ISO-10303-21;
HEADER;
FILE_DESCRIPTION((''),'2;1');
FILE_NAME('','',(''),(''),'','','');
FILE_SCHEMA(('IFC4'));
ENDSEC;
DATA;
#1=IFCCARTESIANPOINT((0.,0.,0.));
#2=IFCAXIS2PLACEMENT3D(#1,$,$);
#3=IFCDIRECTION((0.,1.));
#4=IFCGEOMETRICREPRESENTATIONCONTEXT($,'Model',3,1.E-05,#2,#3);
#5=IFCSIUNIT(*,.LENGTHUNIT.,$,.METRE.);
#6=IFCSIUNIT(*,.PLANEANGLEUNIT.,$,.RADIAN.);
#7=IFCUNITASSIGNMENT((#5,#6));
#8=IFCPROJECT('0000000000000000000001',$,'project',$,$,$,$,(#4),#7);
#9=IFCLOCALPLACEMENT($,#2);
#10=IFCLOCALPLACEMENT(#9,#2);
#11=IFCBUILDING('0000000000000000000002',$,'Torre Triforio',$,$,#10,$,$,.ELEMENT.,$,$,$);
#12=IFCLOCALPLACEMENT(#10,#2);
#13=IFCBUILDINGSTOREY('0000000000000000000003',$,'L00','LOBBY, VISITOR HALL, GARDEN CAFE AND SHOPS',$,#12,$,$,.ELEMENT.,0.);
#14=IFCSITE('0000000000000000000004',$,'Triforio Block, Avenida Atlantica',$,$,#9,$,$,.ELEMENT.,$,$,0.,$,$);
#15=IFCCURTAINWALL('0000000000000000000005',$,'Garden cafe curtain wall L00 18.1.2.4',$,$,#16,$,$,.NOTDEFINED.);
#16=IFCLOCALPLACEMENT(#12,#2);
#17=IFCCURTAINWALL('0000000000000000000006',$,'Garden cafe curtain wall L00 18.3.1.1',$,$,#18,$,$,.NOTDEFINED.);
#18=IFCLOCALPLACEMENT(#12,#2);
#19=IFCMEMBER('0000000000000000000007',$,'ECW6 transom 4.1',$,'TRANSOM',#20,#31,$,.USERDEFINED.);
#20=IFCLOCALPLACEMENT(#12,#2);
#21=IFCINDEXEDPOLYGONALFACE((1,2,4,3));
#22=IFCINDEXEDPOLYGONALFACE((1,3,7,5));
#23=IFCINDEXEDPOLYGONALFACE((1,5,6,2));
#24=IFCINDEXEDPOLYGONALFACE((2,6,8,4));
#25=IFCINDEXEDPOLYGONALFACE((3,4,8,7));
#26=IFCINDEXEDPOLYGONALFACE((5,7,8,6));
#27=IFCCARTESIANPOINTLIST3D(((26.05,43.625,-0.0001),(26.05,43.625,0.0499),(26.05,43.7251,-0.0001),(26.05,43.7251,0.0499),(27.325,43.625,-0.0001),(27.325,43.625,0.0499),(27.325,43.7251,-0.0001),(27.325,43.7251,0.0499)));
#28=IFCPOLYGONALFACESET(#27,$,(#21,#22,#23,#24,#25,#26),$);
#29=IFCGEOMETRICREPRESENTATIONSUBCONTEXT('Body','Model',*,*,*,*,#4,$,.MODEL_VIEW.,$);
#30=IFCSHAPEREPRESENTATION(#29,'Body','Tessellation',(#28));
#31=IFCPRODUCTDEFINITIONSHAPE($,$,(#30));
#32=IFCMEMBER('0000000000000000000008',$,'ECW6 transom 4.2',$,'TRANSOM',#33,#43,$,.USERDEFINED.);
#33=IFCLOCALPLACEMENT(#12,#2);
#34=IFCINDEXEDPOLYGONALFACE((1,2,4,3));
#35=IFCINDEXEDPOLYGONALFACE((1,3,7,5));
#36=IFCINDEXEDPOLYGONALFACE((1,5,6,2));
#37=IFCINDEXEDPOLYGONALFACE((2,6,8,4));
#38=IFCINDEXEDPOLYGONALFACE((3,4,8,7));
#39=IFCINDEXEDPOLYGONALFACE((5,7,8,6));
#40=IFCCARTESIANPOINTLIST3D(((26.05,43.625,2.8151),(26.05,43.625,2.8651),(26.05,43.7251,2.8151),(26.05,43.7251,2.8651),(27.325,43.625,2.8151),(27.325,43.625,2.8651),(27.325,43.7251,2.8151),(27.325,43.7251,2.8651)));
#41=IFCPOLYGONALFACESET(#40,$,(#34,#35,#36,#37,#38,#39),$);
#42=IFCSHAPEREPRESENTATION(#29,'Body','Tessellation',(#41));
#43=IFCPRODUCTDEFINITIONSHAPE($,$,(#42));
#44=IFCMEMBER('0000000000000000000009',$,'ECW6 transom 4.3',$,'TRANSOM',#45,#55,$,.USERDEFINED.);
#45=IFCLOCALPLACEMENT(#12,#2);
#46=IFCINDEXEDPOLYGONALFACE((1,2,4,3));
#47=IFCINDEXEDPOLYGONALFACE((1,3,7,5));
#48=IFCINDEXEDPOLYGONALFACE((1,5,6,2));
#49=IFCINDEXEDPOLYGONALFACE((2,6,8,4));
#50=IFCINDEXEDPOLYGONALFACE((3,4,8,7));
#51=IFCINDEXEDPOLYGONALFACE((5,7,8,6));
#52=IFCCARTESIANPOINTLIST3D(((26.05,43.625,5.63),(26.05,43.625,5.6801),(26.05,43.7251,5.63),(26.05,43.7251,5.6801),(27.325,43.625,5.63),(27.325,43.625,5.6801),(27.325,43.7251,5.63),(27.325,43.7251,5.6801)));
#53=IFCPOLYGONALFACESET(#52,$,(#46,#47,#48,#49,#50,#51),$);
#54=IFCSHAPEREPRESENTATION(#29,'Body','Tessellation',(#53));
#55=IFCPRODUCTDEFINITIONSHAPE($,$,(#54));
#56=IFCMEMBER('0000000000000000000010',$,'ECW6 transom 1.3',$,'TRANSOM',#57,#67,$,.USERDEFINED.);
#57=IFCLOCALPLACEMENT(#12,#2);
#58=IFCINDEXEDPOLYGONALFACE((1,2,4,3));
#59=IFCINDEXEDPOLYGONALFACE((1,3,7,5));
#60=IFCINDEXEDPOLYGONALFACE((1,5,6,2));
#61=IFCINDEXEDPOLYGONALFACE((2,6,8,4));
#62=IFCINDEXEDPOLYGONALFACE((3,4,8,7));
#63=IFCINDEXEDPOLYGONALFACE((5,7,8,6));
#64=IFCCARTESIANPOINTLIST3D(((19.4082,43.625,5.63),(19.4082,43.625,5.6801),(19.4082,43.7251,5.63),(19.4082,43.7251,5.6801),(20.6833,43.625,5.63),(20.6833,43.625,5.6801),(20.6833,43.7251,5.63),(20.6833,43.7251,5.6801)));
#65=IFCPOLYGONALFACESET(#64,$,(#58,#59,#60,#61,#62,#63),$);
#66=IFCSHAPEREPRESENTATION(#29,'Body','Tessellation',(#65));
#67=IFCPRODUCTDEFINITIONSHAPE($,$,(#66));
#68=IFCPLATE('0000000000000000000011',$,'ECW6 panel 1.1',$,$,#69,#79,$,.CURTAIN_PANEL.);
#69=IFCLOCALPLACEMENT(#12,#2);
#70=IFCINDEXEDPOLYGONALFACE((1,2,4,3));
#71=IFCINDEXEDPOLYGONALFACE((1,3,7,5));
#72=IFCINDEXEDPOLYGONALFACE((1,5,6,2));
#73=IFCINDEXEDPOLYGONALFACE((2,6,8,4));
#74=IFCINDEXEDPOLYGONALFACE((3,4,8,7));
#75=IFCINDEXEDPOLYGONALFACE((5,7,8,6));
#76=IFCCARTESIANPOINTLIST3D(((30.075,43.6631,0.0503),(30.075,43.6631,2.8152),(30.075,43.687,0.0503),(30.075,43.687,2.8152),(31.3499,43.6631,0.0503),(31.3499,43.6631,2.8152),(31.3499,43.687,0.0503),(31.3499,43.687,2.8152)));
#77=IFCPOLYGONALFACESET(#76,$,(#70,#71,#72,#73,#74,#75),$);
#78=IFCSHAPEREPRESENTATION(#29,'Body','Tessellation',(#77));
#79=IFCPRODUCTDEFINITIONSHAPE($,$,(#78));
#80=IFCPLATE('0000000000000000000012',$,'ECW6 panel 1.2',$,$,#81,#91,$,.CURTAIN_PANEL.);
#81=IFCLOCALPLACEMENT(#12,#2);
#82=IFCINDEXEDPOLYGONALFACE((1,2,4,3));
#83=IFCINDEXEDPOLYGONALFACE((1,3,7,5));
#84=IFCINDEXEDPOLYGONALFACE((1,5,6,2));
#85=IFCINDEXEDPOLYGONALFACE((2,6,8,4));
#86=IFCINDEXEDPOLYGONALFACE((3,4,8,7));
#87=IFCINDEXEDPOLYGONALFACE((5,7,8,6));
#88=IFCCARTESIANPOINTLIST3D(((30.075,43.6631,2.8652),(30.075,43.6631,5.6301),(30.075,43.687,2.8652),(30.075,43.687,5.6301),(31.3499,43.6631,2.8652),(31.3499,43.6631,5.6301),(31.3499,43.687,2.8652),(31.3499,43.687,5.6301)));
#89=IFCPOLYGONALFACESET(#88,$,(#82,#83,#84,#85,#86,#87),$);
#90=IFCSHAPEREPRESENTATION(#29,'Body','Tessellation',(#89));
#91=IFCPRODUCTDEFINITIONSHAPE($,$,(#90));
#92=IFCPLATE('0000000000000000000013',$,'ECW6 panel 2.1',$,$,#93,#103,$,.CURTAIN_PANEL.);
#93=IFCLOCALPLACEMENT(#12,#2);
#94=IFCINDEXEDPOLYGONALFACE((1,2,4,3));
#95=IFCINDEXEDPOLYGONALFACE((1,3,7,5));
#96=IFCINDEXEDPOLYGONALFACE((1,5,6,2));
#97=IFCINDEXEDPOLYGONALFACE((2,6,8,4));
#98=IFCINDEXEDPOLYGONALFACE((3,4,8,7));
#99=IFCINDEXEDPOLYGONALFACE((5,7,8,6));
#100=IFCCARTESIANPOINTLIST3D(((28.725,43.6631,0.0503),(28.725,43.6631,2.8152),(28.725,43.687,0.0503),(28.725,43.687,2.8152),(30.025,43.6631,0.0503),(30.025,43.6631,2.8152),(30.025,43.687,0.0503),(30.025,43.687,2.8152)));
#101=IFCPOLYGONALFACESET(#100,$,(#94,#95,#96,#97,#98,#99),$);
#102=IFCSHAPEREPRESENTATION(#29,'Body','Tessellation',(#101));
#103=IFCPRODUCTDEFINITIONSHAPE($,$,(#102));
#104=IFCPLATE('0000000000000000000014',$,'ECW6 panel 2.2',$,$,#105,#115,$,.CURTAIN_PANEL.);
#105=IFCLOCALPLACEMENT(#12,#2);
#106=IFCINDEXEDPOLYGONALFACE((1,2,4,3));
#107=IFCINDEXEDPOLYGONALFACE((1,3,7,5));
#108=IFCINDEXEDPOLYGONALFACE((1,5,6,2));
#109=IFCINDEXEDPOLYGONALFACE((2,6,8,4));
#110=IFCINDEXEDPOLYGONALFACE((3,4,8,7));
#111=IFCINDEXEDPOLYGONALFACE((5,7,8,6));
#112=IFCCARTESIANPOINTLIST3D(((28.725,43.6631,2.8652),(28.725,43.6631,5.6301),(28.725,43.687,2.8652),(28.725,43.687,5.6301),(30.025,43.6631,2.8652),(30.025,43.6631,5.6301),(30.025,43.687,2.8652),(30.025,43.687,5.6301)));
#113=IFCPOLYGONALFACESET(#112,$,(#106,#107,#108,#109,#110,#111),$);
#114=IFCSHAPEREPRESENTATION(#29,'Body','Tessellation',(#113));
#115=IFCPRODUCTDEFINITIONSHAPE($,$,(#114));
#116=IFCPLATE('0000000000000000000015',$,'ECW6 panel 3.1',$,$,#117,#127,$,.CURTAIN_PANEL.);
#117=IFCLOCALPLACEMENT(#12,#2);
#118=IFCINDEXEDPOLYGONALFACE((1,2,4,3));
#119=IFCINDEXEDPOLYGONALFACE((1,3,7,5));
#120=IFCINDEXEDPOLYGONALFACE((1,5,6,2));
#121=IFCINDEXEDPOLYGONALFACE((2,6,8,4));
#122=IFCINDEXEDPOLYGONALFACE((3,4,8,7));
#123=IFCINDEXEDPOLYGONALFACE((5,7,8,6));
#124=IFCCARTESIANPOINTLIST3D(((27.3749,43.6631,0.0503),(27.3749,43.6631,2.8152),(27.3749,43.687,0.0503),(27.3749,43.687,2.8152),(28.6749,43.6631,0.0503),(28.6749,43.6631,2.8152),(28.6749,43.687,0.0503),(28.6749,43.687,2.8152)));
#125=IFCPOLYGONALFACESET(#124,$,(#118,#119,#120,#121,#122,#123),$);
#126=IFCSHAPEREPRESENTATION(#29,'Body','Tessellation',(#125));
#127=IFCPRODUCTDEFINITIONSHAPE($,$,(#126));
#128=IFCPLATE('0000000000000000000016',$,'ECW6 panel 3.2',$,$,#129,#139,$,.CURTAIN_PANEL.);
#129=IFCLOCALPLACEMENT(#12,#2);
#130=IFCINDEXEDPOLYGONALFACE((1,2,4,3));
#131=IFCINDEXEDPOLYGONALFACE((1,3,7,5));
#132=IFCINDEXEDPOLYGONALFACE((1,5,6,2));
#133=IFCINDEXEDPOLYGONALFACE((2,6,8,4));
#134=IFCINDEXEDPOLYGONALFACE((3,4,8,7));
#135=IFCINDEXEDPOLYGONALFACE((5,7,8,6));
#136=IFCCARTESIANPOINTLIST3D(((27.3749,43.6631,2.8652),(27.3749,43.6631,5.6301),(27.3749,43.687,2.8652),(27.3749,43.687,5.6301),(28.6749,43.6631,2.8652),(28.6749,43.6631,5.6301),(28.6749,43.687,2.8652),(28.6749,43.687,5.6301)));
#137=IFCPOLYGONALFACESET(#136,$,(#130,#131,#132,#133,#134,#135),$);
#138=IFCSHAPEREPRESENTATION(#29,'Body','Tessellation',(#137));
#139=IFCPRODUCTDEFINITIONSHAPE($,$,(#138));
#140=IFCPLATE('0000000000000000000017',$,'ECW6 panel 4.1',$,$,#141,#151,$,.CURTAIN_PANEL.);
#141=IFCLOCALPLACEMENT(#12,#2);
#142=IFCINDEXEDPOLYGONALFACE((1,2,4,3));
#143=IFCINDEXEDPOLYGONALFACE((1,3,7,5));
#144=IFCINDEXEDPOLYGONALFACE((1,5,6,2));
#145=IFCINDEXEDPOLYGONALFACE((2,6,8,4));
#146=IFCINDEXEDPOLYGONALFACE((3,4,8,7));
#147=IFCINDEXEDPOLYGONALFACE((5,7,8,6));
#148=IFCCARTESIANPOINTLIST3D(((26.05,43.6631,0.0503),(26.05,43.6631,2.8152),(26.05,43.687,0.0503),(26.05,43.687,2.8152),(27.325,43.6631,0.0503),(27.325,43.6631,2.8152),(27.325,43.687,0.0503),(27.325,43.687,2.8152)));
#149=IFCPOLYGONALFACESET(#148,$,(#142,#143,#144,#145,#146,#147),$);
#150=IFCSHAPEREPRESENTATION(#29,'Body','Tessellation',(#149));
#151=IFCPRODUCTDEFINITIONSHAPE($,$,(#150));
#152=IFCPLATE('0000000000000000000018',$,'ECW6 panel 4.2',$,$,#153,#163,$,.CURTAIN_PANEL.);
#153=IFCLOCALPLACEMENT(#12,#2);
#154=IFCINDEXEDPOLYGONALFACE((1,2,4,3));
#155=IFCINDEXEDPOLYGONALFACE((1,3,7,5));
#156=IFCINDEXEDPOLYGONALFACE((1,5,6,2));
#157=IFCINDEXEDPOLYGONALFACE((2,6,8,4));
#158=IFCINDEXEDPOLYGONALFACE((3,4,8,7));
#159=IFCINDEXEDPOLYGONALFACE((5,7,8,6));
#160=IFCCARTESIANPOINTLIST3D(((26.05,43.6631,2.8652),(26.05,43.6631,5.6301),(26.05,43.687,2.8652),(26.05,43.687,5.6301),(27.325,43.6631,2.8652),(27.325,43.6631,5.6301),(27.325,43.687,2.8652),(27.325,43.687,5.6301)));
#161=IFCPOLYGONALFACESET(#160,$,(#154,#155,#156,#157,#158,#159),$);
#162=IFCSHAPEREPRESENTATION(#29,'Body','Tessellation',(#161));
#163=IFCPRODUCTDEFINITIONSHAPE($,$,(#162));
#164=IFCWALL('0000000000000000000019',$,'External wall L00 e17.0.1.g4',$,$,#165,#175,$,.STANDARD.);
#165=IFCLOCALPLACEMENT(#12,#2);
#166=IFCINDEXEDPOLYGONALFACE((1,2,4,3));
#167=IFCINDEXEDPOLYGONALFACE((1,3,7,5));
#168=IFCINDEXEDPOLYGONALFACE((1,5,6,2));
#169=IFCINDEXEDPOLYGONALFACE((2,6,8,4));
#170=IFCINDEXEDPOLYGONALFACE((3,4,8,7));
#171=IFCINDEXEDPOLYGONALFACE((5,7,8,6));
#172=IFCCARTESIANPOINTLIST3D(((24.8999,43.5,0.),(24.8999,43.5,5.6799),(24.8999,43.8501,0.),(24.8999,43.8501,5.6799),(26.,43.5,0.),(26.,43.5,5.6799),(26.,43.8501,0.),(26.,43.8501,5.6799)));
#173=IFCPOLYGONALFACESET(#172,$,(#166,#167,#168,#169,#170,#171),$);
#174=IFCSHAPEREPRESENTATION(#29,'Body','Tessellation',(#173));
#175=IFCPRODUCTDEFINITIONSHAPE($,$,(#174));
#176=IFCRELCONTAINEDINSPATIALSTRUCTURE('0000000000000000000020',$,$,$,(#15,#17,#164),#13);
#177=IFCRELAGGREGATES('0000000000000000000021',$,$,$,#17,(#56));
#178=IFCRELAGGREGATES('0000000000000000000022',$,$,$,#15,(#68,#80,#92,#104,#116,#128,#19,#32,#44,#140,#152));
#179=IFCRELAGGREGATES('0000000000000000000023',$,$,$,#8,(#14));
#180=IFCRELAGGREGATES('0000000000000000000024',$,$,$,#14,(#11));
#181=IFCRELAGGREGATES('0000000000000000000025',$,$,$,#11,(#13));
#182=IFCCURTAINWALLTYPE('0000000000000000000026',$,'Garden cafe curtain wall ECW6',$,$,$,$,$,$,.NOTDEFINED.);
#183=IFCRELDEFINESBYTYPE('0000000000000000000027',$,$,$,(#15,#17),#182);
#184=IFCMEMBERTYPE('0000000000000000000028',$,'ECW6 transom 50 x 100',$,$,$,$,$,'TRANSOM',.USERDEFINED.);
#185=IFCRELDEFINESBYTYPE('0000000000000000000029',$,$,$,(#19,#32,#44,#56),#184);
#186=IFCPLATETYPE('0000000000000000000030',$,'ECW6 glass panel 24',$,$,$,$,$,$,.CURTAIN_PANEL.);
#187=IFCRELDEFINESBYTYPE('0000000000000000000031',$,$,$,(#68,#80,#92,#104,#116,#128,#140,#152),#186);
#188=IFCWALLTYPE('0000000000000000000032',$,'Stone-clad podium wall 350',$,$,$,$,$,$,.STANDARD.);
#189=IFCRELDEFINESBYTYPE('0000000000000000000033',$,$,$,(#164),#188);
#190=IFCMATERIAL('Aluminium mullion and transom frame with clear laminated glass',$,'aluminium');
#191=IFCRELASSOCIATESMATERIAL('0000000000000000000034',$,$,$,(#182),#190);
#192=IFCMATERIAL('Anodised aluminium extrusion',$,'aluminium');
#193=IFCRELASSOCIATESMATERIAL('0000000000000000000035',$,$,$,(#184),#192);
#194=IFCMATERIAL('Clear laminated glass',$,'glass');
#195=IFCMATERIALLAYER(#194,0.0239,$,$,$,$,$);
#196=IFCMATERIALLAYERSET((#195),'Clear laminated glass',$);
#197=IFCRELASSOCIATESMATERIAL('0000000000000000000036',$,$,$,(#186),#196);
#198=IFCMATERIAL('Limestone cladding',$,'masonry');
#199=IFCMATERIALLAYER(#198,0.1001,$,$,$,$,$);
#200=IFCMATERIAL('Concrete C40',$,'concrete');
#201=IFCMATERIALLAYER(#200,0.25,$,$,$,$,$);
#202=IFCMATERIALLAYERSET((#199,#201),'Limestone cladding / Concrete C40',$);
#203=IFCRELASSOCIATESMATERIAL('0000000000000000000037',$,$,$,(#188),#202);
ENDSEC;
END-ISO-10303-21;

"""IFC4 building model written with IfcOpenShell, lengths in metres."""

from ifc_helpers import new_model, si_unit, direction, frame, frame_2d, origin, origin_2d, place, context, subcontext, project, spatial, rectangle, extrude, material, layer, layer_set, material_profile, profile_set, type_object, element, aggregate, save


model = new_model("IFC4")

# Units and contexts
model_context = context("Model", 3, precision=1e-05, world=origin(), true_north=direction((0.0, 1.0)))
body_context = subcontext(model_context, "Body", "Model", "MODEL_VIEW")
ifc_project = project(units=[si_unit("LENGTHUNIT", "METRE"), si_unit("PLANEANGLEUNIT", "RADIAN")], contexts=[model_context])

# Site, building, storey
site_placement = place(None, origin())
site = spatial("IfcSite", under=ifc_project, at=site_placement, Name="Triforio Block, Avenida Atlantica", CompositionType="ELEMENT", RefElevation=0.0)
building_placement = place(site_placement, origin())
building = spatial("IfcBuilding", under=site, at=building_placement, Name="Torre Triforio", CompositionType="ELEMENT")
storey_placement = place(building_placement, origin())
storey = spatial("IfcBuildingStorey", under=building, at=storey_placement, Name="L00", Description="LOBBY, VISITOR HALL, GARDEN CAFE AND SHOPS", CompositionType="ELEMENT", Elevation=0.0)

# Curtain wall
ifc_material_1 = material(Name="Aluminium mullion and transom frame with clear laminated glass", Category="aluminium")
curtain_wall_type = type_object("IfcCurtainWallType", Name="Garden cafe curtain wall ECW6", PredefinedType="NOTDEFINED", material=ifc_material_1)
curtain_wall_1_placement = place(storey_placement, origin())
curtain_wall_1 = element("IfcCurtainWall", 1, at=curtain_wall_1_placement, inside=storey, type_object=curtain_wall_type, Name="Garden cafe curtain wall L00 18.1.2.4", PredefinedType="NOTDEFINED")
ifc_material_2 = material(Name="Anodised aluminium extrusion", Category="aluminium")

# Curtain wall
curtain_wall_2_placement = place(storey_placement, origin())
curtain_wall_2 = element("IfcCurtainWall", 2, at=curtain_wall_2_placement, inside=storey, type_object=curtain_wall_type, Name="Garden cafe curtain wall L00 18.3.1.1", PredefinedType="NOTDEFINED")

# Members
ifc_material_profile_1 = material_profile(ifc_material_2, rectangle(XDim=0.1001, YDim=0.05, at=origin_2d()), Name="ECW6 TRANSOM 50x100")
ifc_profile_set_1 = profile_set([ifc_material_profile_1], Name="Anodised aluminium extrusion")
member_type_1 = type_object("IfcMemberType", Name="ECW6 transom 50 x 100", ElementType="TRANSOM", PredefinedType="USERDEFINED", material=ifc_profile_set_1)
member_1_placement = place(storey_placement, frame((27.325, 43.675, 0.0249), z_axis=(-1.0, 0.0, 0.0), x_axis=(0.0, -1.0, 0.0)))
member_1 = element("IfcMember", 3, at=member_1_placement, type_object=member_type_1, Name="ECW6 transom 4.1", ObjectType="TRANSOM", PredefinedType="USERDEFINED", context=body_context, shape_type="SweptSolid", body=[
    extrude(rectangle(XDim=0.1001, YDim=0.05, at=origin_2d()), origin(), (0.0, 0.0, 1.0), 1.2749),
])
member_2_placement = place(storey_placement, frame((27.325, 43.675, 2.8401), z_axis=(-1.0, 0.0, 0.0), x_axis=(0.0, -1.0, 0.0)))
member_2 = element("IfcMember", 4, at=member_2_placement, type_object=member_type_1, Name="ECW6 transom 4.2", ObjectType="TRANSOM", PredefinedType="USERDEFINED", context=body_context, shape_type="SweptSolid", body=[
    extrude(rectangle(XDim=0.1001, YDim=0.05, at=origin_2d()), origin(), (0.0, 0.0, 1.0), 1.2749),
])
member_3_placement = place(storey_placement, frame((27.325, 43.675, 5.655), z_axis=(-1.0, 0.0, 0.0), x_axis=(0.0, -1.0, 0.0)))
member_3 = element("IfcMember", 5, at=member_3_placement, type_object=member_type_1, Name="ECW6 transom 4.3", ObjectType="TRANSOM", PredefinedType="USERDEFINED", context=body_context, shape_type="SweptSolid", body=[
    extrude(rectangle(XDim=0.1001, YDim=0.05, at=origin_2d()), origin(), (0.0, 0.0, 1.0), 1.2749),
])
member_4_placement = place(storey_placement, frame((20.6833, 43.675, 5.655), z_axis=(-1.0, 0.0, 0.0), x_axis=(0.0, -1.0, 0.0)))
member_4 = element("IfcMember", 6, at=member_4_placement, type_object=member_type_1, Name="ECW6 transom 1.3", ObjectType="TRANSOM", PredefinedType="USERDEFINED", context=body_context, shape_type="SweptSolid", body=[
    extrude(rectangle(XDim=0.1001, YDim=0.05, at=origin_2d()), origin(), (0.0, 0.0, 1.0), 1.2751),
])
aggregate(curtain_wall_2, [member_4])

# Plates
ifc_material_3 = material(Name="Clear laminated glass", Category="glass")
ifc_layer_1 = layer(ifc_material_3, 0.0239)
ifc_layer_set_1 = layer_set([ifc_layer_1], Name="Clear laminated glass")
plate_type = type_object("IfcPlateType", Name="ECW6 glass panel 24", PredefinedType="CURTAIN_PANEL", material=ifc_layer_set_1)
plate_1_placement = place(storey_placement, frame((30.7124, 43.675, 0.0503), z_axis=(0.0, 0.0, 1.0), x_axis=(-1.0, 0.0, 0.0)))
plate_1 = element("IfcPlate", 7, at=plate_1_placement, type_object=plate_type, Name="ECW6 panel 1.1", PredefinedType="CURTAIN_PANEL", context=body_context, shape_type="SweptSolid", body=[
    extrude(rectangle(XDim=1.2749, YDim=0.0239, at=origin_2d()), origin(), (0.0, 0.0, 1.0), 2.7649),
])
plate_2_placement = place(storey_placement, frame((30.7124, 43.675, 2.8652), z_axis=(0.0, 0.0, 1.0), x_axis=(-1.0, 0.0, 0.0)))
plate_2 = element("IfcPlate", 8, at=plate_2_placement, type_object=plate_type, Name="ECW6 panel 1.2", PredefinedType="CURTAIN_PANEL", context=body_context, shape_type="SweptSolid", body=[
    extrude(rectangle(XDim=1.2749, YDim=0.0239, at=origin_2d()), origin(), (0.0, 0.0, 1.0), 2.7649),
])
plate_3_placement = place(storey_placement, frame((29.375, 43.675, 0.0503), z_axis=(0.0, 0.0, 1.0), x_axis=(-1.0, 0.0, 0.0)))
plate_3 = element("IfcPlate", 9, at=plate_3_placement, type_object=plate_type, Name="ECW6 panel 2.1", PredefinedType="CURTAIN_PANEL", context=body_context, shape_type="SweptSolid", body=[
    extrude(rectangle(XDim=1.3, YDim=0.0239, at=origin_2d()), origin(), (0.0, 0.0, 1.0), 2.7649),
])
plate_4_placement = place(storey_placement, frame((29.375, 43.675, 2.8652), z_axis=(0.0, 0.0, 1.0), x_axis=(-1.0, 0.0, 0.0)))
plate_4 = element("IfcPlate", 10, at=plate_4_placement, type_object=plate_type, Name="ECW6 panel 2.2", PredefinedType="CURTAIN_PANEL", context=body_context, shape_type="SweptSolid", body=[
    extrude(rectangle(XDim=1.3, YDim=0.0239, at=origin_2d()), origin(), (0.0, 0.0, 1.0), 2.7649),
])
plate_5_placement = place(storey_placement, frame((28.0249, 43.675, 0.0503), z_axis=(0.0, 0.0, 1.0), x_axis=(-1.0, 0.0, 0.0)))
plate_5 = element("IfcPlate", 11, at=plate_5_placement, type_object=plate_type, Name="ECW6 panel 3.1", PredefinedType="CURTAIN_PANEL", context=body_context, shape_type="SweptSolid", body=[
    extrude(rectangle(XDim=1.3, YDim=0.0239, at=origin_2d()), origin(), (0.0, 0.0, 1.0), 2.7649),
])
plate_6_placement = place(storey_placement, frame((28.0249, 43.675, 2.8652), z_axis=(0.0, 0.0, 1.0), x_axis=(-1.0, 0.0, 0.0)))
plate_6 = element("IfcPlate", 12, at=plate_6_placement, type_object=plate_type, Name="ECW6 panel 3.2", PredefinedType="CURTAIN_PANEL", context=body_context, shape_type="SweptSolid", body=[
    extrude(rectangle(XDim=1.3, YDim=0.0239, at=origin_2d()), origin(), (0.0, 0.0, 1.0), 2.7649),
])
plate_7_placement = place(storey_placement, frame((26.6875, 43.675, 0.0503), z_axis=(0.0, 0.0, 1.0), x_axis=(-1.0, 0.0, 0.0)))
plate_7 = element("IfcPlate", 13, at=plate_7_placement, type_object=plate_type, Name="ECW6 panel 4.1", PredefinedType="CURTAIN_PANEL", context=body_context, shape_type="SweptSolid", body=[
    extrude(rectangle(XDim=1.2749, YDim=0.0239, at=origin_2d()), origin(), (0.0, 0.0, 1.0), 2.7649),
])
plate_8_placement = place(storey_placement, frame((26.6875, 43.675, 2.8652), z_axis=(0.0, 0.0, 1.0), x_axis=(-1.0, 0.0, 0.0)))
plate_8 = element("IfcPlate", 14, at=plate_8_placement, type_object=plate_type, Name="ECW6 panel 4.2", PredefinedType="CURTAIN_PANEL", context=body_context, shape_type="SweptSolid", body=[
    extrude(rectangle(XDim=1.2749, YDim=0.0239, at=origin_2d()), origin(), (0.0, 0.0, 1.0), 2.7649),
])
aggregate(curtain_wall_1, [plate_1, plate_2, plate_3, plate_4, plate_5, plate_6, member_1, member_2, member_3, plate_7, plate_8])

# Wall
ifc_material_4 = material(Name="Limestone cladding", Category="masonry")
ifc_layer_2 = layer(ifc_material_4, 0.1001)
ifc_material_5 = material(Name="Concrete C40", Category="concrete")
ifc_layer_3 = layer(ifc_material_5, 0.25)
ifc_layer_set_2 = layer_set([ifc_layer_2, ifc_layer_3], Name="Limestone cladding / Concrete C40")
wall_type = type_object("IfcWallType", Name="Stone-clad podium wall 350", PredefinedType="STANDARD", material=ifc_layer_set_2)
wall_1_placement = place(storey_placement, frame((26.0, 43.675, 0.0), z_axis=(0.0, 0.0, 1.0), x_axis=(-1.0, 0.0, 0.0)))
element("IfcWall", 15, at=wall_1_placement, inside=storey, type_object=wall_type, Name="External wall L00 e17.0.1.g4", PredefinedType="STANDARD", context=body_context, shape_type="SweptSolid", body=[
    extrude(rectangle(XDim=1.1001, YDim=0.3501, at=frame_2d((0.55, 0.0))), origin(), (0.0, 0.0, 1.0), 5.6799),
])

save(model, "model.ifc")
